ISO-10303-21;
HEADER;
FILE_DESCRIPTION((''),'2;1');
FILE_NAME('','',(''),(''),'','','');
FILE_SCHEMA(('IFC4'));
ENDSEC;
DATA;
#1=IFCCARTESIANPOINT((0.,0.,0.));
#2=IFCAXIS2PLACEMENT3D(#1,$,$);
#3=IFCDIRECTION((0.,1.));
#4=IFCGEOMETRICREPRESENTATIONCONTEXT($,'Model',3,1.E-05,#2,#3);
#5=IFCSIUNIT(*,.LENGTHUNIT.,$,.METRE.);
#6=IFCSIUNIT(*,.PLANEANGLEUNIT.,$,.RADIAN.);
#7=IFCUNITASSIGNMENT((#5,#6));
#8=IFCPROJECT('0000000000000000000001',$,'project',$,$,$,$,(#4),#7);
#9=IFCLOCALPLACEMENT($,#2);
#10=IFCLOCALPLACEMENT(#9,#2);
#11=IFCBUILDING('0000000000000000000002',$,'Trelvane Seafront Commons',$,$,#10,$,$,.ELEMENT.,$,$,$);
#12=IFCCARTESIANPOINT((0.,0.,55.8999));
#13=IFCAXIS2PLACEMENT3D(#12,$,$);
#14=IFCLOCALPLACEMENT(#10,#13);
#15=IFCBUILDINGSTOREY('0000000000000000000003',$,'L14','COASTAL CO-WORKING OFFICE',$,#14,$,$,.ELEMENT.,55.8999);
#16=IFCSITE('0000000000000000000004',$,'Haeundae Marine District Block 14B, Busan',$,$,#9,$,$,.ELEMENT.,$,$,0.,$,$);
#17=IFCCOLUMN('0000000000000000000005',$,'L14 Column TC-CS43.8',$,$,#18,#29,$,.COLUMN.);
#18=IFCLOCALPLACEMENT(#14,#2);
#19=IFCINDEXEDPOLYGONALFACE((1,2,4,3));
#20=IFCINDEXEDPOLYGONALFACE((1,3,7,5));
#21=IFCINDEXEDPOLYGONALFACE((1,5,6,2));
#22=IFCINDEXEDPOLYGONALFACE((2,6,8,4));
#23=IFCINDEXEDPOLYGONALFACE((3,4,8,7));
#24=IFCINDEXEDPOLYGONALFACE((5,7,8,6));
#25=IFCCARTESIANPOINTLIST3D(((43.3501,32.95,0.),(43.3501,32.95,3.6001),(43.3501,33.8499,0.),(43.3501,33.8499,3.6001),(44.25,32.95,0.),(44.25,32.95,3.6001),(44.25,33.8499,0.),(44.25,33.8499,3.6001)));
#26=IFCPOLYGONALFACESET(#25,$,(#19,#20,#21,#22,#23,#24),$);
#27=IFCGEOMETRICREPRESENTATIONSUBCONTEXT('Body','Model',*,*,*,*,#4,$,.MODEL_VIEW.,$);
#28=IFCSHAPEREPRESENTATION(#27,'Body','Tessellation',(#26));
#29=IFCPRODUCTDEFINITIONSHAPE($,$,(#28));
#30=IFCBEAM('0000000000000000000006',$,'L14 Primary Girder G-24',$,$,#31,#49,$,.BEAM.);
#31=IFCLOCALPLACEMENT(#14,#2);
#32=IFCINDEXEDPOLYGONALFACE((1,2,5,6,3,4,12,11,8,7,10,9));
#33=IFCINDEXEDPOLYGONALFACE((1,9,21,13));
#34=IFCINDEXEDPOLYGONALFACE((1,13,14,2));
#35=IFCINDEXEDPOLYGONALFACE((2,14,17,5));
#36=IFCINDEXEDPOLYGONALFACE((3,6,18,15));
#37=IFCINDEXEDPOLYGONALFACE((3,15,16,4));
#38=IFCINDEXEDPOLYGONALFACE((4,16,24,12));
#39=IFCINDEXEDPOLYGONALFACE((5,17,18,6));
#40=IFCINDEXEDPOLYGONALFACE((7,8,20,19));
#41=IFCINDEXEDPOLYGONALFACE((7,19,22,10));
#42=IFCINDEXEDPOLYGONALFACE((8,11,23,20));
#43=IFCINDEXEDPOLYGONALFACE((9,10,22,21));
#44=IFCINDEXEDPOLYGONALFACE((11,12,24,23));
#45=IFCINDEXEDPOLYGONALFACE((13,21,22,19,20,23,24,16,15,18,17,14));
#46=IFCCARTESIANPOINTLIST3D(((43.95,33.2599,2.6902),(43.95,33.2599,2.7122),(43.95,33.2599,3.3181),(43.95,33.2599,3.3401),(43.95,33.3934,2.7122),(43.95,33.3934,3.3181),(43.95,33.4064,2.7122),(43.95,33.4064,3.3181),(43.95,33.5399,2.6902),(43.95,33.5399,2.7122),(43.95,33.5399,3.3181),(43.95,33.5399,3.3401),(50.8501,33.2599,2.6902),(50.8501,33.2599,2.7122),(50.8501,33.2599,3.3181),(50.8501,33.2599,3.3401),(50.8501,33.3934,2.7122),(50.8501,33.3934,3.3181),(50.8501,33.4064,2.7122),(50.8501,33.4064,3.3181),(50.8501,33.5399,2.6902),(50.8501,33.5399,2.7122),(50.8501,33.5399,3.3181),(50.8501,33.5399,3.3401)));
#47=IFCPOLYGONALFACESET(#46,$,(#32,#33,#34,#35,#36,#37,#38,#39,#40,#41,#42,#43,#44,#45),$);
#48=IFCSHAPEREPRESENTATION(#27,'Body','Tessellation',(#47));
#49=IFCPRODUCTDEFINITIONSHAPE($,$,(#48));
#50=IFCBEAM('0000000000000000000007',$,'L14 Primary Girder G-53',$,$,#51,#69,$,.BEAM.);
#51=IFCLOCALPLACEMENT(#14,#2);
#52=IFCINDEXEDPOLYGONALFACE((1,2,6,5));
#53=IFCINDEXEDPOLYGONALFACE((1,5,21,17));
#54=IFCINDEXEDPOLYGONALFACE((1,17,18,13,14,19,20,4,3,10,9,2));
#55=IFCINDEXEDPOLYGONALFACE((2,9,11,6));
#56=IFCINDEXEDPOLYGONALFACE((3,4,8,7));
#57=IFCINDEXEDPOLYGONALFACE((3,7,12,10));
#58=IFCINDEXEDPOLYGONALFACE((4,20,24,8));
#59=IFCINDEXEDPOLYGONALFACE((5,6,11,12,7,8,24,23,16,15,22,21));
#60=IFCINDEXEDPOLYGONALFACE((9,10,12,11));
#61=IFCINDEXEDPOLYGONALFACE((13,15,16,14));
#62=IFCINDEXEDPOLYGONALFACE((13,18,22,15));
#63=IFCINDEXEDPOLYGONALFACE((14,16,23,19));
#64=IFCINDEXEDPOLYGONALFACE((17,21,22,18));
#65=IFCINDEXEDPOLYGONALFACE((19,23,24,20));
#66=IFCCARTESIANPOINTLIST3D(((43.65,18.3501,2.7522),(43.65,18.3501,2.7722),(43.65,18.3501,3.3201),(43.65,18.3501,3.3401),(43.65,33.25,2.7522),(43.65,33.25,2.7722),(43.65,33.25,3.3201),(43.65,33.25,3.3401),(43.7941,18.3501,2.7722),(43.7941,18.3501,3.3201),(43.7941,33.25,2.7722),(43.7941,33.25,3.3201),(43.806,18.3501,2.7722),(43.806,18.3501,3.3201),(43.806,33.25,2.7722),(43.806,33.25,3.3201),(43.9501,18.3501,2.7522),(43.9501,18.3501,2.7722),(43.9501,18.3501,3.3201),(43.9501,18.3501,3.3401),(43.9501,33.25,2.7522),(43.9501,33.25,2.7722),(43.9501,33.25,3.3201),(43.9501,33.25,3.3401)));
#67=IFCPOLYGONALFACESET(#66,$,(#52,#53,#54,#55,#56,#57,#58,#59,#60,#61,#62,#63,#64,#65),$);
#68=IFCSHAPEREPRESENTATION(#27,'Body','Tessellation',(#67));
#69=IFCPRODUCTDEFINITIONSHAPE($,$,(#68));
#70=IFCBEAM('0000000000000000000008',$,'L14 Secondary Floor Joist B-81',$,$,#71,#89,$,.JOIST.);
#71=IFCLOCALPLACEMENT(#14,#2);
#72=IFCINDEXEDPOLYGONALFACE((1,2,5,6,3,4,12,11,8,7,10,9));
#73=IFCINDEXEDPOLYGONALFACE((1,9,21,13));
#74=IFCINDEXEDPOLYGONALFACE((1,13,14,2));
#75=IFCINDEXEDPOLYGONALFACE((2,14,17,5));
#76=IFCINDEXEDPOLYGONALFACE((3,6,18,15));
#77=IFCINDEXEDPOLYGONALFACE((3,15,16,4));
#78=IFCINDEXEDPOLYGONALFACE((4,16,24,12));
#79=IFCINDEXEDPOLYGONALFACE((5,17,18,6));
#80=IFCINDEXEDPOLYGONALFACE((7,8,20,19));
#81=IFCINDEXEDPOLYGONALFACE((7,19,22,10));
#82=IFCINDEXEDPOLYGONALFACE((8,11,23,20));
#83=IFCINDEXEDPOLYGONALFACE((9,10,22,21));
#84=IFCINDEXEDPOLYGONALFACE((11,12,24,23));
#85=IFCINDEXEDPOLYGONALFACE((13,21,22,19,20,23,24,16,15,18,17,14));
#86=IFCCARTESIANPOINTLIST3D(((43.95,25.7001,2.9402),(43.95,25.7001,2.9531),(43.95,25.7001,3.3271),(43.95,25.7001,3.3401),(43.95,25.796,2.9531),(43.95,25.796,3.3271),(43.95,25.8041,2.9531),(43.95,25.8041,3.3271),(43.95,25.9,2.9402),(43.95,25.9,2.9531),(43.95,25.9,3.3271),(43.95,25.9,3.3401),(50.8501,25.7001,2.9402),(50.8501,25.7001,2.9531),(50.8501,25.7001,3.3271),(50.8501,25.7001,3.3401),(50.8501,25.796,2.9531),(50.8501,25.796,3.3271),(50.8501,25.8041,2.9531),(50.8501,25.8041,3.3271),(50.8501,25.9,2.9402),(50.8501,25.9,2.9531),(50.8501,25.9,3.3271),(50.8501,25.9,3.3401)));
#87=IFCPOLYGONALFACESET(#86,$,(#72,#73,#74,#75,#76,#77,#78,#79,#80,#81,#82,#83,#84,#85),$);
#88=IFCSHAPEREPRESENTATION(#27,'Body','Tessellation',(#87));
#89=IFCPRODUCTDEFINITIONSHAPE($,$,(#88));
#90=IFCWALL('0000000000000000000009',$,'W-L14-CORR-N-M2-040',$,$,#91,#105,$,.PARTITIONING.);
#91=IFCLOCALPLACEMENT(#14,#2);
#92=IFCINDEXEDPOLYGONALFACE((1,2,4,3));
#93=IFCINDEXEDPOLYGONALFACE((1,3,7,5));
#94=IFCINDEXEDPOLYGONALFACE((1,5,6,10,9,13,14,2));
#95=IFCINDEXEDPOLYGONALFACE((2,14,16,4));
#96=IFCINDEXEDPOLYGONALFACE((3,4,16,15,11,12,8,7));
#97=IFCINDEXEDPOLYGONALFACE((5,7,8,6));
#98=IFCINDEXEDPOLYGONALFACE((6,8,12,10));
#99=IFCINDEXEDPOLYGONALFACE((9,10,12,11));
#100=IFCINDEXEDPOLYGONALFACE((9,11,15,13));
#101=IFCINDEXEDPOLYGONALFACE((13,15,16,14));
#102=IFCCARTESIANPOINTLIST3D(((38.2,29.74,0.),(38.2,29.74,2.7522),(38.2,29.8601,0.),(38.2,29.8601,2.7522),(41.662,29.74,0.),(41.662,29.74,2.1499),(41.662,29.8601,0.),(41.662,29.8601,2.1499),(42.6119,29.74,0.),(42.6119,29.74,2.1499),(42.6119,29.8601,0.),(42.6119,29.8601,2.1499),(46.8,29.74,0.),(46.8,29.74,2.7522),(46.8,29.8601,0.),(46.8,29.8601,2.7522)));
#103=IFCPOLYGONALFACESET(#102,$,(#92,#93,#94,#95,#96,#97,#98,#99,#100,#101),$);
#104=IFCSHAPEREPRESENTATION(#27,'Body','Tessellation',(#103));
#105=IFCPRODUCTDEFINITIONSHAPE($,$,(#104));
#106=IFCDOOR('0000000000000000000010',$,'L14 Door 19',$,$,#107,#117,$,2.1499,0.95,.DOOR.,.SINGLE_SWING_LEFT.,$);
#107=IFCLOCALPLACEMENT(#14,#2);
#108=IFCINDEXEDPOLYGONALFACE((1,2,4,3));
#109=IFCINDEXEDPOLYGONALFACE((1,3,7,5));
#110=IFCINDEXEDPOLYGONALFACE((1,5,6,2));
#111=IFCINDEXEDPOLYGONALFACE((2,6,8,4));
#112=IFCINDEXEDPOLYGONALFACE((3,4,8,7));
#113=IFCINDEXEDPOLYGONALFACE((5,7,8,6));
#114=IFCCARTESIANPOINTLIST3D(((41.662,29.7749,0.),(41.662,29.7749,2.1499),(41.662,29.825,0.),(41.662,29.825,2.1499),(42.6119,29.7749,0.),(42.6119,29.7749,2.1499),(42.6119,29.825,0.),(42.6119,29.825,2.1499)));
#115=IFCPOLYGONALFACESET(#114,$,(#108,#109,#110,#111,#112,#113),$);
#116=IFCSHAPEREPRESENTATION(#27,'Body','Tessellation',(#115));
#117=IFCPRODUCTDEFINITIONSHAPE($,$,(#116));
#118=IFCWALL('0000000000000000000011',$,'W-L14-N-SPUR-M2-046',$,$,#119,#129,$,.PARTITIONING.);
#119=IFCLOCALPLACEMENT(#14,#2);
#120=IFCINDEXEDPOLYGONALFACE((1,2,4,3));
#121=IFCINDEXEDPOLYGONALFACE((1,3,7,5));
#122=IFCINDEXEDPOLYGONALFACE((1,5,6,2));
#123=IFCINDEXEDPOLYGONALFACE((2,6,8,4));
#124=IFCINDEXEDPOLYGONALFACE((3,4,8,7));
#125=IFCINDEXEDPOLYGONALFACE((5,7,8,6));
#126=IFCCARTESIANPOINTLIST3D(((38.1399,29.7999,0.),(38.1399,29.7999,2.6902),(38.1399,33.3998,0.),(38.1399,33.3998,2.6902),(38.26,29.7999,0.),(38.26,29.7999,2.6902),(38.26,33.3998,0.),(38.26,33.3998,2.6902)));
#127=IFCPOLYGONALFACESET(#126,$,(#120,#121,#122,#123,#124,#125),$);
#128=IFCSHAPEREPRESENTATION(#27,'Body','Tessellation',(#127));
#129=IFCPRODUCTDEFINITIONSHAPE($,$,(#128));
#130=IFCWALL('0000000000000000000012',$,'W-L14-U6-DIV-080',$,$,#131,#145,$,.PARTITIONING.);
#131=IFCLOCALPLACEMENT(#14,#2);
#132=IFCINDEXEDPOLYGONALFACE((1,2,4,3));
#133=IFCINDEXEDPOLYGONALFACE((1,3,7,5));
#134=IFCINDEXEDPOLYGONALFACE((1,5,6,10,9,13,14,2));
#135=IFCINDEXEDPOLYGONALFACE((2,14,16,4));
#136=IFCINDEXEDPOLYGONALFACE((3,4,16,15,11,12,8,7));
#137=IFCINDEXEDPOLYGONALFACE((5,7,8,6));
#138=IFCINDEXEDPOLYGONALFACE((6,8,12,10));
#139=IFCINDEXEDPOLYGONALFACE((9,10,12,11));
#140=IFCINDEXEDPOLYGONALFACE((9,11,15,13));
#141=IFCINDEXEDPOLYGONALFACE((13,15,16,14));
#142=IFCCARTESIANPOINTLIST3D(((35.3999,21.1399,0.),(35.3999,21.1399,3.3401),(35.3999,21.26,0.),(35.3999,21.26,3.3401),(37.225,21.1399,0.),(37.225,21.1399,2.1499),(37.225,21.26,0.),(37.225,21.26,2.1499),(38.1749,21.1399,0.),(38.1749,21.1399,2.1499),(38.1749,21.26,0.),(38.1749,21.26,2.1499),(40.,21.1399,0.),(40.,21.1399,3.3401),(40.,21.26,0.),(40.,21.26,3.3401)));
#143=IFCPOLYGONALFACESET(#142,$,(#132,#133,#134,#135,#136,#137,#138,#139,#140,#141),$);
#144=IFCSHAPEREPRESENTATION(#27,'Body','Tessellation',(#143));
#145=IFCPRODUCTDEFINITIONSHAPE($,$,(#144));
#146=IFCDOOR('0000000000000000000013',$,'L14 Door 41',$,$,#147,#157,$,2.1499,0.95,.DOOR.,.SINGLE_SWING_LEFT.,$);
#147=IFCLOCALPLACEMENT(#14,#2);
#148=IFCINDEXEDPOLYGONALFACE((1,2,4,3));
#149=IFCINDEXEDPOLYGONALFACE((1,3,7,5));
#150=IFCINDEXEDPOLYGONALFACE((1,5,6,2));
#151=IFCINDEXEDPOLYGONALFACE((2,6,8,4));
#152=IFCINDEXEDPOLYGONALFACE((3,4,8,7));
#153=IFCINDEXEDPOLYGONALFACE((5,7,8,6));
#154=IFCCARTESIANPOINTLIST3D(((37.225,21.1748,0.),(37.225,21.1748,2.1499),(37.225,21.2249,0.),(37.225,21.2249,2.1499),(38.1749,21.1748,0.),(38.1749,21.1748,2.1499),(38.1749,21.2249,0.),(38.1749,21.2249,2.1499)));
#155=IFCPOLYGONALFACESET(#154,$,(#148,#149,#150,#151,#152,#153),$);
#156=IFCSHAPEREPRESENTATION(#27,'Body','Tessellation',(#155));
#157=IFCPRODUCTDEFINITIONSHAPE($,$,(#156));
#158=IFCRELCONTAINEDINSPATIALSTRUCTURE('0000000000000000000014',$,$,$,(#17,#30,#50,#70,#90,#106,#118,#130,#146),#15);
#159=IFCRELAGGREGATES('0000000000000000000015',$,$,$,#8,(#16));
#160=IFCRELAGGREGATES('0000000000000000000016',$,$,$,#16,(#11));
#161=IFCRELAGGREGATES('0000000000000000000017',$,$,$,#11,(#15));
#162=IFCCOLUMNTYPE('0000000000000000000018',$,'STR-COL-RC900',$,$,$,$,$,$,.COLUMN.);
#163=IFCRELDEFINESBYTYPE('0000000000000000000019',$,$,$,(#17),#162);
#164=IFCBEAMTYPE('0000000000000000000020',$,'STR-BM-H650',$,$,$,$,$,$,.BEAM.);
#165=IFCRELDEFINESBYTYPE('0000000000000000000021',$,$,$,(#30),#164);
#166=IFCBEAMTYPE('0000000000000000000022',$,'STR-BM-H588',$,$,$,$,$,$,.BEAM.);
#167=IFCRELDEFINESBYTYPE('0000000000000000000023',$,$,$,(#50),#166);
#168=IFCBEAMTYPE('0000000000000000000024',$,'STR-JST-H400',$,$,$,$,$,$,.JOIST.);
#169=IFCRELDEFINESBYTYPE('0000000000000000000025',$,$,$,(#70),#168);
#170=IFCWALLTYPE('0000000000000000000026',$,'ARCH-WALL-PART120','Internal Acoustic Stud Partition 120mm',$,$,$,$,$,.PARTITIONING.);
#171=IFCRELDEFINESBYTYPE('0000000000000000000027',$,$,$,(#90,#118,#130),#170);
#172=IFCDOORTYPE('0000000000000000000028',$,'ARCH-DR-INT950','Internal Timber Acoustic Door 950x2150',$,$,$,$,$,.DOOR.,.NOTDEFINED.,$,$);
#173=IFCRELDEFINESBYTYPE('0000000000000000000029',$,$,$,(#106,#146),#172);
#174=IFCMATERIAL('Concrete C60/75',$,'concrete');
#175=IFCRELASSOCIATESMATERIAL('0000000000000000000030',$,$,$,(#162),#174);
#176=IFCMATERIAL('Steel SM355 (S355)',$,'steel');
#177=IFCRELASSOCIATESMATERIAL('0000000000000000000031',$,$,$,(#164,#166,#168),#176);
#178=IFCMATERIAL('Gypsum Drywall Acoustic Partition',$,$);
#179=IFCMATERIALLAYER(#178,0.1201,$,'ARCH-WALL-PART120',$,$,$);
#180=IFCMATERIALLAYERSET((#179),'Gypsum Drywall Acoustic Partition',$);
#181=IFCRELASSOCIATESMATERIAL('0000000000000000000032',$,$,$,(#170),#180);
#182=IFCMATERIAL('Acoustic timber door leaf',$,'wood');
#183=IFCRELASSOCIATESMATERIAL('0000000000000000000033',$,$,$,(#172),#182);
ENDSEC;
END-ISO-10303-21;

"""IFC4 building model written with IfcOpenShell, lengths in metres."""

from ifc_helpers import new_model, si_unit, direction, frame, frame_2d, origin, origin_2d, place, context, subcontext, project, spatial, rectangle, i_section, extrude, source, transform, mapped, material, layer, layer_set, material_profile, profile_set, type_object, element, fill, save


model = new_model("IFC4")

# Units and contexts
model_context = context("Model", 3, precision=1e-05, world=origin(), true_north=direction((0.0, 1.0)))
body_context = subcontext(model_context, "Body", "Model", "MODEL_VIEW")
ifc_project = project(units=[si_unit("LENGTHUNIT", "METRE"), si_unit("PLANEANGLEUNIT", "RADIAN")], contexts=[model_context])

# Site, building, storey
site_placement = place(None, origin())
site = spatial("IfcSite", under=ifc_project, at=site_placement, Name="Haeundae Marine District Block 14B, Busan", CompositionType="ELEMENT", RefElevation=0.0)
building_placement = place(site_placement, origin())
building = spatial("IfcBuilding", under=site, at=building_placement, Name="Trelvane Seafront Commons", CompositionType="ELEMENT")
storey_placement = place(building_placement, frame((0.0, 0.0, 55.8999)))
storey = spatial("IfcBuildingStorey", under=building, at=storey_placement, Name="L14", Description="COASTAL CO-WORKING OFFICE", CompositionType="ELEMENT", Elevation=55.8999)

# Column
ifc_material_1 = material(Name="Concrete C60/75", Category="concrete")
ifc_material_profile_1 = material_profile(ifc_material_1, rectangle(XDim=0.8999, YDim=0.8999, at=origin_2d()), Name="RC-900x900")
ifc_profile_set_1 = profile_set([ifc_material_profile_1], Name="Concrete C60/75")
column_type = type_object("IfcColumnType", Name="STR-COL-RC900", PredefinedType="COLUMN", material=ifc_profile_set_1)
shared_shape_1 = source(origin(), body_context, "Body", "SweptSolid", [
    extrude(rectangle(XDim=0.8999, YDim=0.8999, at=origin_2d()), origin(), (0.0, 0.0, 1.0), 3.6001),
])
column_placement = place(storey_placement, frame((43.8, 33.3999, 0.0), z_axis=(0.0, 0.0, 1.0), x_axis=(1.0, 0.0, 0.0)))
element("IfcColumn", 1, at=column_placement, inside=storey, type_object=column_type, Name="L14 Column TC-CS43.8", PredefinedType="COLUMN", context=body_context, shape_type="MappedRepresentation", body=[
    mapped(shared_shape_1, transform((0.0, 0.0, 0.0), x_axis=(1.0, 0.0, 0.0), y_axis=(0.0, 1.0, 0.0), z_axis=(0.0, 0.0, 1.0), scale=1.0)),
])

# Beams
ifc_material_2 = material(Name="Steel SM355 (S355)", Category="steel")
ifc_material_profile_2 = material_profile(ifc_material_2, i_section(OverallWidth=0.28, OverallDepth=0.6499, WebThickness=0.0129, FlangeThickness=0.022, at=origin_2d()), Name="H-650x280x13x22")
ifc_profile_set_2 = profile_set([ifc_material_profile_2], Name="Steel SM355 (S355)")
beam_type_1 = type_object("IfcBeamType", Name="STR-BM-H650", PredefinedType="BEAM", material=ifc_profile_set_2)
shared_shape_2 = source(origin(), body_context, "Body", "SweptSolid", [
    extrude(i_section(OverallWidth=0.28, OverallDepth=0.6499, WebThickness=0.0129, FlangeThickness=0.022, at=origin_2d()), origin(), (0.0, 0.0, 1.0), 6.9001),
])
beam_1_placement = place(storey_placement, frame((43.95, 33.3999, 3.0151), z_axis=(1.0, 0.0, 0.0), x_axis=(0.0, 1.0, 0.0)))
element("IfcBeam", 2, at=beam_1_placement, inside=storey, type_object=beam_type_1, Name="L14 Primary Girder G-24", PredefinedType="BEAM", context=body_context, shape_type="MappedRepresentation", body=[
    mapped(shared_shape_2, transform((0.0, 0.0, 0.0), x_axis=(1.0, 0.0, 0.0), y_axis=(0.0, 1.0, 0.0), z_axis=(0.0, 0.0, 1.0), scale=1.0)),
])
ifc_material_profile_3 = material_profile(ifc_material_2, i_section(OverallWidth=0.3, OverallDepth=0.5879, WebThickness=0.012, FlangeThickness=0.02, at=origin_2d()), Name="H-588x300x12x20")
ifc_profile_set_3 = profile_set([ifc_material_profile_3], Name="Steel SM355 (S355)")
beam_type_2 = type_object("IfcBeamType", Name="STR-BM-H588", PredefinedType="BEAM", material=ifc_profile_set_3)
shared_shape_3 = source(origin(), body_context, "Body", "SweptSolid", [
    extrude(i_section(OverallWidth=0.3, OverallDepth=0.5879, WebThickness=0.012, FlangeThickness=0.02, at=origin_2d()), origin(), (0.0, 0.0, 1.0), 14.8999),
])
beam_2_placement = place(storey_placement, frame((43.8, 18.3501, 3.0461), z_axis=(0.0, 1.0, 0.0), x_axis=(-1.0, 0.0, 0.0)))
element("IfcBeam", 3, at=beam_2_placement, inside=storey, type_object=beam_type_2, Name="L14 Primary Girder G-53", PredefinedType="BEAM", context=body_context, shape_type="MappedRepresentation", body=[
    mapped(shared_shape_3, transform((0.0, 0.0, 0.0), x_axis=(1.0, 0.0, 0.0), y_axis=(0.0, 1.0, 0.0), z_axis=(0.0, 0.0, 1.0), scale=1.0)),
])
ifc_material_profile_4 = material_profile(ifc_material_2, i_section(OverallWidth=0.2, OverallDepth=0.3999, WebThickness=0.0081, FlangeThickness=0.0129, at=origin_2d()), Name="H-400x200x8x13")
ifc_profile_set_4 = profile_set([ifc_material_profile_4], Name="Steel SM355 (S355)")
beam_type_3 = type_object("IfcBeamType", Name="STR-JST-H400", PredefinedType="JOIST", material=ifc_profile_set_4)
shared_shape_4 = source(origin(), body_context, "Body", "SweptSolid", [
    extrude(i_section(OverallWidth=0.2, OverallDepth=0.3999, WebThickness=0.0081, FlangeThickness=0.0129, at=origin_2d()), origin(), (0.0, 0.0, 1.0), 6.9001),
])
beam_3_placement = place(storey_placement, frame((43.95, 25.8, 3.1401), z_axis=(1.0, 0.0, 0.0), x_axis=(0.0, 1.0, 0.0)))
element("IfcBeam", 4, at=beam_3_placement, inside=storey, type_object=beam_type_3, Name="L14 Secondary Floor Joist B-81", PredefinedType="JOIST", context=body_context, shape_type="MappedRepresentation", body=[
    mapped(shared_shape_4, transform((0.0, 0.0, 0.0), x_axis=(1.0, 0.0, 0.0), y_axis=(0.0, 1.0, 0.0), z_axis=(0.0, 0.0, 1.0), scale=1.0)),
])

# Wall, opening, door
ifc_material_3 = material(Name="Gypsum Drywall Acoustic Partition")
ifc_layer_1 = layer(ifc_material_3, 0.1201, Name="ARCH-WALL-PART120")
ifc_layer_set_1 = layer_set([ifc_layer_1], Name="Gypsum Drywall Acoustic Partition")
wall_type_1 = type_object("IfcWallType", Name="ARCH-WALL-PART120", Description="Internal Acoustic Stud Partition 120mm", PredefinedType="PARTITIONING", material=ifc_layer_set_1)
wall_1_placement = place(storey_placement, frame((38.2, 29.8, 0.0), z_axis=(0.0, 0.0, 1.0), x_axis=(1.0, 0.0, 0.0)))
wall_1 = element("IfcWall", 5, at=wall_1_placement, inside=storey, type_object=wall_type_1, Name="W-L14-CORR-N-M2-040", PredefinedType="PARTITIONING", context=body_context, shape_type="SweptSolid", body=[
    extrude(rectangle(XDim=8.6001, YDim=0.1201, at=frame_2d((4.3, 0.0))), origin(), (0.0, 0.0, 1.0), 2.7522),
])
opening_1_placement = place(wall_1_placement, frame((3.4619, 0.0, 0.0)))
opening_1 = element("IfcOpeningElement", 6, at=opening_1_placement, cuts=wall_1, PredefinedType="OPENING", context=body_context, shape_type="SweptSolid", body=[
    extrude(rectangle(XDim=0.95, YDim=2.1499, at=frame_2d((0.4751, 1.075))), frame((0.0, 0.0701, 0.0), z_axis=(0.0, -1.0, 0.0), x_axis=(1.0, 0.0, 0.0)), (0.0, 0.0, 1.0), 0.1401),
])
ifc_material_4 = material(Name="Acoustic timber door leaf", Category="wood")
door_type_1 = type_object("IfcDoorType", Name="ARCH-DR-INT950", Description="Internal Timber Acoustic Door 950x2150", OperationType="NOTDEFINED", PredefinedType="DOOR", material=ifc_material_4)
shared_shape_5 = source(origin(), body_context, "Body", "SweptSolid", [
    extrude(rectangle(XDim=0.95, YDim=2.1499, at=frame_2d((0.4751, 1.075))), frame((0.0, 0.0249, 0.0), z_axis=(0.0, -1.0, 0.0), x_axis=(1.0, 0.0, 0.0)), (0.0, 0.0, 1.0), 0.05),
])
door_1_placement = place(opening_1_placement, origin())
door_1 = element("IfcDoor", 7, at=door_1_placement, inside=storey, type_object=door_type_1, Name="L14 Door 19", OperationType="SINGLE_SWING_LEFT", OverallHeight=2.1499, OverallWidth=0.95, PredefinedType="DOOR", context=body_context, shape_type="MappedRepresentation", body=[
    mapped(shared_shape_5, transform((0.0, 0.0, 0.0), x_axis=(1.0, 0.0, 0.0), y_axis=(0.0, 1.0, 0.0), z_axis=(0.0, 0.0, 1.0), scale=1.0)),
])
fill(opening_1, door_1)

# Wall
wall_2_placement = place(storey_placement, frame((38.2, 29.8, 0.0), z_axis=(0.0, 0.0, 1.0), x_axis=(0.0, 1.0, 0.0)))
element("IfcWall", 8, at=wall_2_placement, inside=storey, type_object=wall_type_1, Name="W-L14-N-SPUR-M2-046", PredefinedType="PARTITIONING", context=body_context, shape_type="SweptSolid", body=[
    extrude(rectangle(XDim=3.5999, YDim=0.1201, at=frame_2d((1.7998, 0.0))), origin(), (0.0, 0.0, 1.0), 2.6902),
])

# Wall, opening, door
wall_3_placement = place(storey_placement, frame((35.3999, 21.2, 0.0), z_axis=(0.0, 0.0, 1.0), x_axis=(1.0, 0.0, 0.0)))
wall_3 = element("IfcWall", 9, at=wall_3_placement, inside=storey, type_object=wall_type_1, Name="W-L14-U6-DIV-080", PredefinedType="PARTITIONING", context=body_context, shape_type="SweptSolid", body=[
    extrude(rectangle(XDim=4.6001, YDim=0.1201, at=frame_2d((2.3, 0.0))), origin(), (0.0, 0.0, 1.0), 3.3401),
])
opening_2_placement = place(wall_3_placement, frame((1.825, 0.0, 0.0)))
opening_2 = element("IfcOpeningElement", 10, at=opening_2_placement, cuts=wall_3, PredefinedType="OPENING", context=body_context, shape_type="SweptSolid", body=[
    extrude(rectangle(XDim=0.95, YDim=2.1499, at=frame_2d((0.4751, 1.075))), frame((0.0, 0.0701, 0.0), z_axis=(0.0, -1.0, 0.0), x_axis=(1.0, 0.0, 0.0)), (0.0, 0.0, 1.0), 0.1401),
])
door_2_placement = place(opening_2_placement, origin())
door_2 = element("IfcDoor", 11, at=door_2_placement, inside=storey, type_object=door_type_1, Name="L14 Door 41", OperationType="SINGLE_SWING_LEFT", OverallHeight=2.1499, OverallWidth=0.95, PredefinedType="DOOR", context=body_context, shape_type="MappedRepresentation", body=[
    mapped(shared_shape_5, transform((0.0, 0.0, 0.0), x_axis=(1.0, 0.0, 0.0), y_axis=(0.0, 1.0, 0.0), z_axis=(0.0, 0.0, 1.0), scale=1.0)),
])
fill(opening_2, door_2)

save(model, "model.ifc")
